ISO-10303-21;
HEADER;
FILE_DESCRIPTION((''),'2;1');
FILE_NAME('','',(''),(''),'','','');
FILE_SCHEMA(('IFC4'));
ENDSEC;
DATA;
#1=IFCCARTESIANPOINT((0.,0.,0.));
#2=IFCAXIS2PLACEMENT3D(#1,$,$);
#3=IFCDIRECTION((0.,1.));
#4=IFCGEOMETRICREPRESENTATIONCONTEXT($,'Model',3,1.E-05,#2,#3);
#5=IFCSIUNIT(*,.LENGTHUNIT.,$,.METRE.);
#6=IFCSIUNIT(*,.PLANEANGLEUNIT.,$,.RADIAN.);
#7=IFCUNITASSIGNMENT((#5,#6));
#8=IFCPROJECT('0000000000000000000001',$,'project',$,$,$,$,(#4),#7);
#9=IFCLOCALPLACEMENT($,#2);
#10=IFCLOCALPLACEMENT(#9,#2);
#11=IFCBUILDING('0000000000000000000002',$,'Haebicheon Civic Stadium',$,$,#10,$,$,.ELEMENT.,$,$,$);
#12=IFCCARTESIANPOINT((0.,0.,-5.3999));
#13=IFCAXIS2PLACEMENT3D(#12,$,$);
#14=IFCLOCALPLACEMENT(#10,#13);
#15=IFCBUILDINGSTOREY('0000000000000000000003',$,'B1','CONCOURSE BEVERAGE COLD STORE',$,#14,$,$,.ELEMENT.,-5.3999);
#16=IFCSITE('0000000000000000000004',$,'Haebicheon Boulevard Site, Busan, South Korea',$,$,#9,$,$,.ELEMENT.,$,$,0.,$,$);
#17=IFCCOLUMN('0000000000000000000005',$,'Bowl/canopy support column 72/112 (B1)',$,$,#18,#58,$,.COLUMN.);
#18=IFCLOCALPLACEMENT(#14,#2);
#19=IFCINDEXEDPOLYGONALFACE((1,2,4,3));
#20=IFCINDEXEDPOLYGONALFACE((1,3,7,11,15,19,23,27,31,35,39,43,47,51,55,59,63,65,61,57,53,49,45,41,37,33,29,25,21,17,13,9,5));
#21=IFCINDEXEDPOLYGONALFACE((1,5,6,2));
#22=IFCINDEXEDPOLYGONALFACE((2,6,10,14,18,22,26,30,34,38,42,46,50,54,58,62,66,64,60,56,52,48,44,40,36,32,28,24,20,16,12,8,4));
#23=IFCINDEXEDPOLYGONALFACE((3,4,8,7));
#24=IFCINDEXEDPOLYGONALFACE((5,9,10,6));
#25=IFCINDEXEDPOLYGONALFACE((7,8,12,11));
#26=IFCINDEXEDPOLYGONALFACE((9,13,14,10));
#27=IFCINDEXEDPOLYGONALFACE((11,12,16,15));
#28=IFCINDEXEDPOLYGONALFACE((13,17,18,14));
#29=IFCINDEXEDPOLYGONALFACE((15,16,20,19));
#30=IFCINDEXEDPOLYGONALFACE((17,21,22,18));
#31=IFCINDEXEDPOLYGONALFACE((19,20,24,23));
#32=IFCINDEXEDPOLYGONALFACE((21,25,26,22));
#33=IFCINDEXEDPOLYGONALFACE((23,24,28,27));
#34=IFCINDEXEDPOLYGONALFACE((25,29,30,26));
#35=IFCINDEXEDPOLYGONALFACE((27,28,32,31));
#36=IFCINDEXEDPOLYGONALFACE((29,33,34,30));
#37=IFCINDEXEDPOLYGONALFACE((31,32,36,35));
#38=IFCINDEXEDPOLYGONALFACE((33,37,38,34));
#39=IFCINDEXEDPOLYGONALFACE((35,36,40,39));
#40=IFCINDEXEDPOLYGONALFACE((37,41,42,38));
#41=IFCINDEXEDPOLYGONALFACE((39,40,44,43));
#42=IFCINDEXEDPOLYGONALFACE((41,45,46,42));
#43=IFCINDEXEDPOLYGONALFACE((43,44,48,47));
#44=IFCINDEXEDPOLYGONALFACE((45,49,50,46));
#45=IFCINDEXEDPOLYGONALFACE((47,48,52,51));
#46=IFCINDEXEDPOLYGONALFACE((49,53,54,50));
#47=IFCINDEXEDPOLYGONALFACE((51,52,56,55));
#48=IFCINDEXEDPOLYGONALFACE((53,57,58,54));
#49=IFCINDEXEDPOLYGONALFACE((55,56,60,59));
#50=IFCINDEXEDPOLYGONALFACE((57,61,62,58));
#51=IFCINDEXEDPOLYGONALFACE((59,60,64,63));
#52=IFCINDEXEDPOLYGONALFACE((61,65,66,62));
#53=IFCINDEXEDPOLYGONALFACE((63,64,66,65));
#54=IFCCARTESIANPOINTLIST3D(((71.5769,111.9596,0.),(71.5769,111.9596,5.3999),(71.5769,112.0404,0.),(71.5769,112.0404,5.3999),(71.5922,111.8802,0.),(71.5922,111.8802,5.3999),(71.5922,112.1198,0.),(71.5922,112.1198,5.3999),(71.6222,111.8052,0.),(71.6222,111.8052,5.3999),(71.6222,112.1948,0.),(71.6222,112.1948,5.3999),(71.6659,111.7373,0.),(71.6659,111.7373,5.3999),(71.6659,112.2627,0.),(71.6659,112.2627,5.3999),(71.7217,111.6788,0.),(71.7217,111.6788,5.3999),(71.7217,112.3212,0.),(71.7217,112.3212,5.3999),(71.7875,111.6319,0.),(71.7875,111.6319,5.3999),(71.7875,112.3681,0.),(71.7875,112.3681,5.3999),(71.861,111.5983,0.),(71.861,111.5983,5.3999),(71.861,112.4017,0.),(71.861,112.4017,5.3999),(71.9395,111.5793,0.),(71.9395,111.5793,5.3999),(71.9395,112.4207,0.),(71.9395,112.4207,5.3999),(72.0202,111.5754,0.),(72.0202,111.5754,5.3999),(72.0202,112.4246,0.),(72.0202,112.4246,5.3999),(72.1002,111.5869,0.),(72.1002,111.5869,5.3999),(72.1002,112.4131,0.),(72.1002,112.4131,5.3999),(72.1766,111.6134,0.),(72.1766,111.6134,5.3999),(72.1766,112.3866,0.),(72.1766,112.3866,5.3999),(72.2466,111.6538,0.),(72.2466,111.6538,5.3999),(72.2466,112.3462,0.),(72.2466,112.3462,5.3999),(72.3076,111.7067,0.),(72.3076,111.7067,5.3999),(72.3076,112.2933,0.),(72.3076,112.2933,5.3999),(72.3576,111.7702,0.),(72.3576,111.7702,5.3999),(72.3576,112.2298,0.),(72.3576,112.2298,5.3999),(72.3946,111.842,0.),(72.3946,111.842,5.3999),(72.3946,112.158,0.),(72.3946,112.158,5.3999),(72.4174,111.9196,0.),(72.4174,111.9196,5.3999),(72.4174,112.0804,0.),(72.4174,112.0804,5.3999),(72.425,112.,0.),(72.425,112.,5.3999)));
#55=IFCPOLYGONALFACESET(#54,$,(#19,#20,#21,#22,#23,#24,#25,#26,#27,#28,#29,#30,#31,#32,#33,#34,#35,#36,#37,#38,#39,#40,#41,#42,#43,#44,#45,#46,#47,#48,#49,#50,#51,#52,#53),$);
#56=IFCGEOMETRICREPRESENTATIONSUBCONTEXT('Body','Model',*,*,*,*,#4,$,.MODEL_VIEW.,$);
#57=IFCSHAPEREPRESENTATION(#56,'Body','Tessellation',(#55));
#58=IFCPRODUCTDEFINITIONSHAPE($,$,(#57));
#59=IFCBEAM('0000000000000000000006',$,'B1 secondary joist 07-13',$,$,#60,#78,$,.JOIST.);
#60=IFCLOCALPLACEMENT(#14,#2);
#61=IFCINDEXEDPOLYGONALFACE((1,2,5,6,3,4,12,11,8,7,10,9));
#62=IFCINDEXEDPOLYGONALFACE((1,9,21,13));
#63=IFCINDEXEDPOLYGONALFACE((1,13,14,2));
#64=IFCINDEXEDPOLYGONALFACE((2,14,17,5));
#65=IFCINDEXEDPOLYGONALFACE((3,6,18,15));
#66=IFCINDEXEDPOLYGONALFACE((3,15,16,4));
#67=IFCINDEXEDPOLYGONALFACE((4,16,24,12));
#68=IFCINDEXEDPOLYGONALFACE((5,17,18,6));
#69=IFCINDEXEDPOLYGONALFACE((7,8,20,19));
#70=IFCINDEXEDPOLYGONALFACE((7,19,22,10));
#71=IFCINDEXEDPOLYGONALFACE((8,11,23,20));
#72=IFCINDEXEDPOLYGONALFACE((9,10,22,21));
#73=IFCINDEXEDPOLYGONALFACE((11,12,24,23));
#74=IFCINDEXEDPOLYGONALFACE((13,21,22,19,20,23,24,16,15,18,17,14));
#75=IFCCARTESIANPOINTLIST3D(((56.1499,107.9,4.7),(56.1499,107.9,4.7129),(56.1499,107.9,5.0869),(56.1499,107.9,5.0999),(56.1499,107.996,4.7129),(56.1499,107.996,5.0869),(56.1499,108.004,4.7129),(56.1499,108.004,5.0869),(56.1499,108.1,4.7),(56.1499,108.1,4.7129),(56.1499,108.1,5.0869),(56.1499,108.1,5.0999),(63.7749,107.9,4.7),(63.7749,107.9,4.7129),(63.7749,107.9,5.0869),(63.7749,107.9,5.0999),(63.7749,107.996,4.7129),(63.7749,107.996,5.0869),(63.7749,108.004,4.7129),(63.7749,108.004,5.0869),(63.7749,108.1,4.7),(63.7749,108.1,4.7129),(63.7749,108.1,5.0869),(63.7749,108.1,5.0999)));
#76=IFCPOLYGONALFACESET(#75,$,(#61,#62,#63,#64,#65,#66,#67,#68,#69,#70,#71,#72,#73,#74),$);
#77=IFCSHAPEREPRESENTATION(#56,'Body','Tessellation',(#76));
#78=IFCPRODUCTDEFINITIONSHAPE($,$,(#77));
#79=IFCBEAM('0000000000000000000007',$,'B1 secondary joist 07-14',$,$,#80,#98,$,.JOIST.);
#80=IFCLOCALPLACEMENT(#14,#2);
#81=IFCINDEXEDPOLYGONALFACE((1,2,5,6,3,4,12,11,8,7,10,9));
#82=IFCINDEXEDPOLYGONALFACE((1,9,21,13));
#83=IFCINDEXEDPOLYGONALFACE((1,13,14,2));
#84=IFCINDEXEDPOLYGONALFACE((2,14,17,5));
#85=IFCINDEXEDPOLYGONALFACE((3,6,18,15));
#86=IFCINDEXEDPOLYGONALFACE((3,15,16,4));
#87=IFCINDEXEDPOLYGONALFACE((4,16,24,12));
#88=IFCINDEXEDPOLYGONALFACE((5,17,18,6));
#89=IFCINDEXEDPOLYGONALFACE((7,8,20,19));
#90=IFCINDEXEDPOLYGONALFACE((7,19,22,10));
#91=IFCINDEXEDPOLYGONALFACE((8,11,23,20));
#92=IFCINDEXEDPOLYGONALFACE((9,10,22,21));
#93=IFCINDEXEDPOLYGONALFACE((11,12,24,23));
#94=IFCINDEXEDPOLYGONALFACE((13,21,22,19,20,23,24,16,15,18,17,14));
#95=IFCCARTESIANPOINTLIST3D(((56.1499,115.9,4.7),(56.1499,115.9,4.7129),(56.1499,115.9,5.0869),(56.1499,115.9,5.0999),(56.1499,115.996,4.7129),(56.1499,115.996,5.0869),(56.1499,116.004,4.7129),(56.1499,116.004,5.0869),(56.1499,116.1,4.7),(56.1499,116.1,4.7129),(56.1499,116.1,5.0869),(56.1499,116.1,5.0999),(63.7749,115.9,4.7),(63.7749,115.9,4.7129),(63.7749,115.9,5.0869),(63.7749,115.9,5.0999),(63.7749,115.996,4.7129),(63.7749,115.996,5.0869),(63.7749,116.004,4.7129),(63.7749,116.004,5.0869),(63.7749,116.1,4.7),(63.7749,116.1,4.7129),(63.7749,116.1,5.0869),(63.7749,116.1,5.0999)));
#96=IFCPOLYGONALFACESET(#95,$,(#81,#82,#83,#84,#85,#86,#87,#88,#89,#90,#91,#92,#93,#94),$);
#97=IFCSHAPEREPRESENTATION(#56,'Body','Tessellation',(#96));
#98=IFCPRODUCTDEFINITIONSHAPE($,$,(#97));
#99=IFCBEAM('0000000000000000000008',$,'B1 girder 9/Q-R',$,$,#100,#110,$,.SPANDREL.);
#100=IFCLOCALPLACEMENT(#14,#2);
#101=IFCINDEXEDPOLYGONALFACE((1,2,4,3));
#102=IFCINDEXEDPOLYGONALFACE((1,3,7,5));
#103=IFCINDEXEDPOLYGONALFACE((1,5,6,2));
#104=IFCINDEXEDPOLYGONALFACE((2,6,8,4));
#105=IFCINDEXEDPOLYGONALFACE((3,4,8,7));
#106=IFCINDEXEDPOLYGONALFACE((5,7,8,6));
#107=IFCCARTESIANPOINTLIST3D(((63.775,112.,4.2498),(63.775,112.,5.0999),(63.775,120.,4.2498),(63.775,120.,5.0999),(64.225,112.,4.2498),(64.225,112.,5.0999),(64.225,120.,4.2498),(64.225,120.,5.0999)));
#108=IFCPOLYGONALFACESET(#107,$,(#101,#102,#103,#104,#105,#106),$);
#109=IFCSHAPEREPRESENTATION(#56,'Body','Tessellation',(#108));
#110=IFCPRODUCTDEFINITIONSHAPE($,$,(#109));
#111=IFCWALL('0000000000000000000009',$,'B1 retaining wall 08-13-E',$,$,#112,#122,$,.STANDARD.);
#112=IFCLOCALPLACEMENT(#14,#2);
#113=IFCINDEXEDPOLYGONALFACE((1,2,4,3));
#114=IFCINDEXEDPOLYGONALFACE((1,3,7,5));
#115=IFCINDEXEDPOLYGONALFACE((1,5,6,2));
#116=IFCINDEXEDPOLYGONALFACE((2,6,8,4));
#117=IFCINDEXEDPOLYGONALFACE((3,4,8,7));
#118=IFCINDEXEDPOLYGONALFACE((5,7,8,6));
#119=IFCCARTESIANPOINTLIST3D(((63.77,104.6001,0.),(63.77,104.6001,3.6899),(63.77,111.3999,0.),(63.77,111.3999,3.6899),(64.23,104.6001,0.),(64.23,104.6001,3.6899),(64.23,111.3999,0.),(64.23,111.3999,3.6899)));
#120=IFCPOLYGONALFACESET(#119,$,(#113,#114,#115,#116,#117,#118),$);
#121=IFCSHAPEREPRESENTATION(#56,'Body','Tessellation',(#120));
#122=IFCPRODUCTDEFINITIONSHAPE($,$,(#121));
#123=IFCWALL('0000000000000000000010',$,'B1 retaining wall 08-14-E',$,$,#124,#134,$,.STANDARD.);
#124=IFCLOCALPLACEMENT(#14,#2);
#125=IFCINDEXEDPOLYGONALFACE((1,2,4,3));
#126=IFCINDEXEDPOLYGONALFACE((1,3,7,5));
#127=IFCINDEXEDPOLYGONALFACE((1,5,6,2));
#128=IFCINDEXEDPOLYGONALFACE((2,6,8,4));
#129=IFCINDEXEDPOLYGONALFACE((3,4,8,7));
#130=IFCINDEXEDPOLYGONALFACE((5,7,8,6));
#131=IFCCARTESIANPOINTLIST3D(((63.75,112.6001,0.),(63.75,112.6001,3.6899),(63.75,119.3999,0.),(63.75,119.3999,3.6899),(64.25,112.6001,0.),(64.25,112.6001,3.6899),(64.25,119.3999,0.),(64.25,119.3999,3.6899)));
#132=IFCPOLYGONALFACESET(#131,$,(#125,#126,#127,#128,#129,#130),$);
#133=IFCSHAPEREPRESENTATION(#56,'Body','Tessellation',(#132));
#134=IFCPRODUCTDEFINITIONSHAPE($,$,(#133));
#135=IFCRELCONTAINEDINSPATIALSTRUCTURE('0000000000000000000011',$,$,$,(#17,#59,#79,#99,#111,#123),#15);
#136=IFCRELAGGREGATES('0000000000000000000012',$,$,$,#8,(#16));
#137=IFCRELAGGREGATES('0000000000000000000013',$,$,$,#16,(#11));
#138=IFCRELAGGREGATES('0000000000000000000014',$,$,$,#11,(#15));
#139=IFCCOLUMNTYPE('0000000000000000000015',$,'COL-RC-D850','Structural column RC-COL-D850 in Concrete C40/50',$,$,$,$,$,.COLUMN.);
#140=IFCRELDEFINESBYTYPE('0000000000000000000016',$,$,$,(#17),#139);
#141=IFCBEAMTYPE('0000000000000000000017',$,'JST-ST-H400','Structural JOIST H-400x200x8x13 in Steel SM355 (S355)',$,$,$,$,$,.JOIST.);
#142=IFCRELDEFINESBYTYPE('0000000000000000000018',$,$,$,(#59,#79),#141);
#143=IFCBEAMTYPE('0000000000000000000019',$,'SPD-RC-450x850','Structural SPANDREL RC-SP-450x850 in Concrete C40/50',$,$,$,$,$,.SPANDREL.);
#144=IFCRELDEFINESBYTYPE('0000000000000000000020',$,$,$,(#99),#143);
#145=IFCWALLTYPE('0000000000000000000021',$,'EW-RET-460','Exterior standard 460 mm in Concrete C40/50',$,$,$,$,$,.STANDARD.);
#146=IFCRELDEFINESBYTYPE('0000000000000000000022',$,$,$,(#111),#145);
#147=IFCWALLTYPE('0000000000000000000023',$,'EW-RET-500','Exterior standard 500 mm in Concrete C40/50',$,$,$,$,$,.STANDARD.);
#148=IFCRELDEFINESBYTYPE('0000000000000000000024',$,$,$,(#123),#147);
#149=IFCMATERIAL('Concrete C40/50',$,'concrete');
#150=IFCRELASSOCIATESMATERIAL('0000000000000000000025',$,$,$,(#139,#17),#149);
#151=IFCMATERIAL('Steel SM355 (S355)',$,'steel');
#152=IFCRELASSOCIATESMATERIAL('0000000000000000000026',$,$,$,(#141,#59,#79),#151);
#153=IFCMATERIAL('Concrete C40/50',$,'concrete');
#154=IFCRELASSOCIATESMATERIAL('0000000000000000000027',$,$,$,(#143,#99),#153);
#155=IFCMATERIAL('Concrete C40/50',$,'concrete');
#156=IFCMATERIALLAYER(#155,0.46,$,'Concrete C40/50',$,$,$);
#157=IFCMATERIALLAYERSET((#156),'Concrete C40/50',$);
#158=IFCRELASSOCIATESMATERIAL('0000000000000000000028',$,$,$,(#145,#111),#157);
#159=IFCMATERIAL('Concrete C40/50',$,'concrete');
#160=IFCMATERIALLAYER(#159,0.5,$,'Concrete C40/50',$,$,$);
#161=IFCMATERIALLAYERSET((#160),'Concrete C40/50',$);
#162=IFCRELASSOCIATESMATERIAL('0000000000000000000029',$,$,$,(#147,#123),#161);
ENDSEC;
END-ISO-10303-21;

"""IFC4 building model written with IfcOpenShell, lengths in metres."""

from ifc_helpers import new_model, si_unit, direction, frame, frame_2d, origin, origin_2d, place, context, subcontext, project, spatial, rectangle, circle, i_section, extrude, material, layer, layer_set, material_profile, profile_set, type_object, element, save


model = new_model("IFC4")

# Units and contexts
model_context = context("Model", 3, precision=1e-05, world=origin(), true_north=direction((0.0, 1.0)))
body_context = subcontext(model_context, "Body", "Model", "MODEL_VIEW")
ifc_project = project(units=[si_unit("LENGTHUNIT", "METRE"), si_unit("PLANEANGLEUNIT", "RADIAN")], contexts=[model_context])

# Site, building, storey
site_placement = place(None, origin())
site = spatial("IfcSite", under=ifc_project, at=site_placement, Name="Haebicheon Boulevard Site, Busan, South Korea", CompositionType="ELEMENT", RefElevation=0.0)
building_placement = place(site_placement, origin())
building = spatial("IfcBuilding", under=site, at=building_placement, Name="Haebicheon Civic Stadium", CompositionType="ELEMENT")
storey_placement = place(building_placement, frame((0.0, 0.0, -5.3999)))
storey = spatial("IfcBuildingStorey", under=building, at=storey_placement, Name="B1", Description="CONCOURSE BEVERAGE COLD STORE", CompositionType="ELEMENT", Elevation=-5.3999)

# Column
ifc_material_1 = material(Name="Concrete C40/50", Category="concrete")
ifc_material_profile_1 = material_profile(ifc_material_1, circle(Radius=0.425, at=origin_2d()), Name="RC-COL-D850")
ifc_profile_set_1 = profile_set([ifc_material_profile_1], Name="Concrete C40/50")
column_type_1 = type_object("IfcColumnType", Name="COL-RC-D850", Description="Structural column RC-COL-D850 in Concrete C40/50", PredefinedType="COLUMN", material=ifc_profile_set_1)
column_1_placement = place(storey_placement, frame((72.0, 112.0, 0.0), z_axis=(0.0, 0.0, 1.0), x_axis=(1.0, 0.0, 0.0)))
element("IfcColumn", 1, at=column_1_placement, inside=storey, type_object=column_type_1, material=ifc_profile_set_1, Name="Bowl/canopy support column 72/112 (B1)", PredefinedType="COLUMN", context=body_context, shape_type="SweptSolid", body=[
    extrude(circle(Radius=0.425, at=origin_2d()), origin(), (0.0, 0.0, 1.0), 5.3999),
])

# Beams
ifc_material_2 = material(Name="Steel SM355 (S355)", Category="steel")
ifc_material_profile_2 = material_profile(ifc_material_2, i_section(OverallWidth=0.2, OverallDepth=0.3999, WebThickness=0.0081, FlangeThickness=0.0129, at=origin_2d()), Name="H-400x200x8x13")
ifc_profile_set_2 = profile_set([ifc_material_profile_2], Name="Steel SM355 (S355)")
beam_type_1 = type_object("IfcBeamType", Name="JST-ST-H400", Description="Structural JOIST H-400x200x8x13 in Steel SM355 (S355)", PredefinedType="JOIST", material=ifc_profile_set_2)
for number, where, z_axis, x_axis, name in (
    (2, (56.1499, 108.0, 4.8999), (1.0, 0.0, 0.0), (0.0, 1.0, 0.0), "B1 secondary joist 07-13"),
    (3, (56.1499, 116.0, 4.8999), (1.0, 0.0, 0.0), (0.0, 1.0, 0.0), "B1 secondary joist 07-14"),
):
    element("IfcBeam", number, at=place(storey_placement, frame(where, z_axis=z_axis, x_axis=x_axis)), inside=storey, type_object=beam_type_1, material=ifc_profile_set_2, Name=name, PredefinedType="JOIST", context=body_context, shape_type="SweptSolid", body=[
        extrude(i_section(OverallWidth=0.2, OverallDepth=0.3999, WebThickness=0.0081, FlangeThickness=0.0129, at=origin_2d()), origin(), (0.0, 0.0, 1.0), 7.625),
    ])
ifc_material_3 = material(Name="Concrete C40/50", Category="concrete")
ifc_material_profile_3 = material_profile(ifc_material_3, rectangle(XDim=0.45, YDim=0.8501, at=origin_2d()), Name="RC-SP-450x850")
ifc_profile_set_3 = profile_set([ifc_material_profile_3], Name="Concrete C40/50")
beam_type_2 = type_object("IfcBeamType", Name="SPD-RC-450x850", Description="Structural SPANDREL RC-SP-450x850 in Concrete C40/50", PredefinedType="SPANDREL", material=ifc_profile_set_3)
beam_placement = place(storey_placement, frame((64.0, 112.0, 4.6748), z_axis=(0.0, 1.0, 0.0), x_axis=(-1.0, 0.0, 0.0)))
element("IfcBeam", 4, at=beam_placement, inside=storey, type_object=beam_type_2, material=ifc_profile_set_3, Name="B1 girder 9/Q-R", PredefinedType="SPANDREL", context=body_context, shape_type="SweptSolid", body=[
    extrude(rectangle(XDim=0.45, YDim=0.8501, at=origin_2d()), origin(), (0.0, 0.0, 1.0), 8.0),
])

# Walls
ifc_material_4 = material(Name="Concrete C40/50", Category="concrete")
ifc_layer_1 = layer(ifc_material_4, 0.46, Name="Concrete C40/50")
ifc_layer_set_1 = layer_set([ifc_layer_1], Name="Concrete C40/50")
wall_type_1 = type_object("IfcWallType", Name="EW-RET-460", Description="Exterior standard 460 mm in Concrete C40/50", PredefinedType="STANDARD", material=ifc_layer_set_1)
wall_1_placement = place(storey_placement, frame((64.0, 104.6001, 0.0), z_axis=(0.0, 0.0, 1.0), x_axis=(0.0, 1.0, 0.0)))
element("IfcWall", 5, at=wall_1_placement, inside=storey, type_object=wall_type_1, material=ifc_layer_set_1, Name="B1 retaining wall 08-13-E", PredefinedType="STANDARD", context=body_context, shape_type="SweptSolid", body=[
    extrude(rectangle(XDim=6.7998, YDim=0.46, at=frame_2d((3.3999, 0.0))), origin(), (0.0, 0.0, 1.0), 3.6899),
])
ifc_material_5 = material(Name="Concrete C40/50", Category="concrete")
ifc_layer_2 = layer(ifc_material_5, 0.5, Name="Concrete C40/50")
ifc_layer_set_2 = layer_set([ifc_layer_2], Name="Concrete C40/50")
wall_type_2 = type_object("IfcWallType", Name="EW-RET-500", Description="Exterior standard 500 mm in Concrete C40/50", PredefinedType="STANDARD", material=ifc_layer_set_2)
wall_2_placement = place(storey_placement, frame((64.0, 112.6001, 0.0), z_axis=(0.0, 0.0, 1.0), x_axis=(0.0, 1.0, 0.0)))
element("IfcWall", 6, at=wall_2_placement, inside=storey, type_object=wall_type_2, material=ifc_layer_set_2, Name="B1 retaining wall 08-14-E", PredefinedType="STANDARD", context=body_context, shape_type="SweptSolid", body=[
    extrude(rectangle(XDim=6.7998, YDim=0.5, at=frame_2d((3.3999, 0.0))), origin(), (0.0, 0.0, 1.0), 3.6899),
])

save(model, "model.ifc")
